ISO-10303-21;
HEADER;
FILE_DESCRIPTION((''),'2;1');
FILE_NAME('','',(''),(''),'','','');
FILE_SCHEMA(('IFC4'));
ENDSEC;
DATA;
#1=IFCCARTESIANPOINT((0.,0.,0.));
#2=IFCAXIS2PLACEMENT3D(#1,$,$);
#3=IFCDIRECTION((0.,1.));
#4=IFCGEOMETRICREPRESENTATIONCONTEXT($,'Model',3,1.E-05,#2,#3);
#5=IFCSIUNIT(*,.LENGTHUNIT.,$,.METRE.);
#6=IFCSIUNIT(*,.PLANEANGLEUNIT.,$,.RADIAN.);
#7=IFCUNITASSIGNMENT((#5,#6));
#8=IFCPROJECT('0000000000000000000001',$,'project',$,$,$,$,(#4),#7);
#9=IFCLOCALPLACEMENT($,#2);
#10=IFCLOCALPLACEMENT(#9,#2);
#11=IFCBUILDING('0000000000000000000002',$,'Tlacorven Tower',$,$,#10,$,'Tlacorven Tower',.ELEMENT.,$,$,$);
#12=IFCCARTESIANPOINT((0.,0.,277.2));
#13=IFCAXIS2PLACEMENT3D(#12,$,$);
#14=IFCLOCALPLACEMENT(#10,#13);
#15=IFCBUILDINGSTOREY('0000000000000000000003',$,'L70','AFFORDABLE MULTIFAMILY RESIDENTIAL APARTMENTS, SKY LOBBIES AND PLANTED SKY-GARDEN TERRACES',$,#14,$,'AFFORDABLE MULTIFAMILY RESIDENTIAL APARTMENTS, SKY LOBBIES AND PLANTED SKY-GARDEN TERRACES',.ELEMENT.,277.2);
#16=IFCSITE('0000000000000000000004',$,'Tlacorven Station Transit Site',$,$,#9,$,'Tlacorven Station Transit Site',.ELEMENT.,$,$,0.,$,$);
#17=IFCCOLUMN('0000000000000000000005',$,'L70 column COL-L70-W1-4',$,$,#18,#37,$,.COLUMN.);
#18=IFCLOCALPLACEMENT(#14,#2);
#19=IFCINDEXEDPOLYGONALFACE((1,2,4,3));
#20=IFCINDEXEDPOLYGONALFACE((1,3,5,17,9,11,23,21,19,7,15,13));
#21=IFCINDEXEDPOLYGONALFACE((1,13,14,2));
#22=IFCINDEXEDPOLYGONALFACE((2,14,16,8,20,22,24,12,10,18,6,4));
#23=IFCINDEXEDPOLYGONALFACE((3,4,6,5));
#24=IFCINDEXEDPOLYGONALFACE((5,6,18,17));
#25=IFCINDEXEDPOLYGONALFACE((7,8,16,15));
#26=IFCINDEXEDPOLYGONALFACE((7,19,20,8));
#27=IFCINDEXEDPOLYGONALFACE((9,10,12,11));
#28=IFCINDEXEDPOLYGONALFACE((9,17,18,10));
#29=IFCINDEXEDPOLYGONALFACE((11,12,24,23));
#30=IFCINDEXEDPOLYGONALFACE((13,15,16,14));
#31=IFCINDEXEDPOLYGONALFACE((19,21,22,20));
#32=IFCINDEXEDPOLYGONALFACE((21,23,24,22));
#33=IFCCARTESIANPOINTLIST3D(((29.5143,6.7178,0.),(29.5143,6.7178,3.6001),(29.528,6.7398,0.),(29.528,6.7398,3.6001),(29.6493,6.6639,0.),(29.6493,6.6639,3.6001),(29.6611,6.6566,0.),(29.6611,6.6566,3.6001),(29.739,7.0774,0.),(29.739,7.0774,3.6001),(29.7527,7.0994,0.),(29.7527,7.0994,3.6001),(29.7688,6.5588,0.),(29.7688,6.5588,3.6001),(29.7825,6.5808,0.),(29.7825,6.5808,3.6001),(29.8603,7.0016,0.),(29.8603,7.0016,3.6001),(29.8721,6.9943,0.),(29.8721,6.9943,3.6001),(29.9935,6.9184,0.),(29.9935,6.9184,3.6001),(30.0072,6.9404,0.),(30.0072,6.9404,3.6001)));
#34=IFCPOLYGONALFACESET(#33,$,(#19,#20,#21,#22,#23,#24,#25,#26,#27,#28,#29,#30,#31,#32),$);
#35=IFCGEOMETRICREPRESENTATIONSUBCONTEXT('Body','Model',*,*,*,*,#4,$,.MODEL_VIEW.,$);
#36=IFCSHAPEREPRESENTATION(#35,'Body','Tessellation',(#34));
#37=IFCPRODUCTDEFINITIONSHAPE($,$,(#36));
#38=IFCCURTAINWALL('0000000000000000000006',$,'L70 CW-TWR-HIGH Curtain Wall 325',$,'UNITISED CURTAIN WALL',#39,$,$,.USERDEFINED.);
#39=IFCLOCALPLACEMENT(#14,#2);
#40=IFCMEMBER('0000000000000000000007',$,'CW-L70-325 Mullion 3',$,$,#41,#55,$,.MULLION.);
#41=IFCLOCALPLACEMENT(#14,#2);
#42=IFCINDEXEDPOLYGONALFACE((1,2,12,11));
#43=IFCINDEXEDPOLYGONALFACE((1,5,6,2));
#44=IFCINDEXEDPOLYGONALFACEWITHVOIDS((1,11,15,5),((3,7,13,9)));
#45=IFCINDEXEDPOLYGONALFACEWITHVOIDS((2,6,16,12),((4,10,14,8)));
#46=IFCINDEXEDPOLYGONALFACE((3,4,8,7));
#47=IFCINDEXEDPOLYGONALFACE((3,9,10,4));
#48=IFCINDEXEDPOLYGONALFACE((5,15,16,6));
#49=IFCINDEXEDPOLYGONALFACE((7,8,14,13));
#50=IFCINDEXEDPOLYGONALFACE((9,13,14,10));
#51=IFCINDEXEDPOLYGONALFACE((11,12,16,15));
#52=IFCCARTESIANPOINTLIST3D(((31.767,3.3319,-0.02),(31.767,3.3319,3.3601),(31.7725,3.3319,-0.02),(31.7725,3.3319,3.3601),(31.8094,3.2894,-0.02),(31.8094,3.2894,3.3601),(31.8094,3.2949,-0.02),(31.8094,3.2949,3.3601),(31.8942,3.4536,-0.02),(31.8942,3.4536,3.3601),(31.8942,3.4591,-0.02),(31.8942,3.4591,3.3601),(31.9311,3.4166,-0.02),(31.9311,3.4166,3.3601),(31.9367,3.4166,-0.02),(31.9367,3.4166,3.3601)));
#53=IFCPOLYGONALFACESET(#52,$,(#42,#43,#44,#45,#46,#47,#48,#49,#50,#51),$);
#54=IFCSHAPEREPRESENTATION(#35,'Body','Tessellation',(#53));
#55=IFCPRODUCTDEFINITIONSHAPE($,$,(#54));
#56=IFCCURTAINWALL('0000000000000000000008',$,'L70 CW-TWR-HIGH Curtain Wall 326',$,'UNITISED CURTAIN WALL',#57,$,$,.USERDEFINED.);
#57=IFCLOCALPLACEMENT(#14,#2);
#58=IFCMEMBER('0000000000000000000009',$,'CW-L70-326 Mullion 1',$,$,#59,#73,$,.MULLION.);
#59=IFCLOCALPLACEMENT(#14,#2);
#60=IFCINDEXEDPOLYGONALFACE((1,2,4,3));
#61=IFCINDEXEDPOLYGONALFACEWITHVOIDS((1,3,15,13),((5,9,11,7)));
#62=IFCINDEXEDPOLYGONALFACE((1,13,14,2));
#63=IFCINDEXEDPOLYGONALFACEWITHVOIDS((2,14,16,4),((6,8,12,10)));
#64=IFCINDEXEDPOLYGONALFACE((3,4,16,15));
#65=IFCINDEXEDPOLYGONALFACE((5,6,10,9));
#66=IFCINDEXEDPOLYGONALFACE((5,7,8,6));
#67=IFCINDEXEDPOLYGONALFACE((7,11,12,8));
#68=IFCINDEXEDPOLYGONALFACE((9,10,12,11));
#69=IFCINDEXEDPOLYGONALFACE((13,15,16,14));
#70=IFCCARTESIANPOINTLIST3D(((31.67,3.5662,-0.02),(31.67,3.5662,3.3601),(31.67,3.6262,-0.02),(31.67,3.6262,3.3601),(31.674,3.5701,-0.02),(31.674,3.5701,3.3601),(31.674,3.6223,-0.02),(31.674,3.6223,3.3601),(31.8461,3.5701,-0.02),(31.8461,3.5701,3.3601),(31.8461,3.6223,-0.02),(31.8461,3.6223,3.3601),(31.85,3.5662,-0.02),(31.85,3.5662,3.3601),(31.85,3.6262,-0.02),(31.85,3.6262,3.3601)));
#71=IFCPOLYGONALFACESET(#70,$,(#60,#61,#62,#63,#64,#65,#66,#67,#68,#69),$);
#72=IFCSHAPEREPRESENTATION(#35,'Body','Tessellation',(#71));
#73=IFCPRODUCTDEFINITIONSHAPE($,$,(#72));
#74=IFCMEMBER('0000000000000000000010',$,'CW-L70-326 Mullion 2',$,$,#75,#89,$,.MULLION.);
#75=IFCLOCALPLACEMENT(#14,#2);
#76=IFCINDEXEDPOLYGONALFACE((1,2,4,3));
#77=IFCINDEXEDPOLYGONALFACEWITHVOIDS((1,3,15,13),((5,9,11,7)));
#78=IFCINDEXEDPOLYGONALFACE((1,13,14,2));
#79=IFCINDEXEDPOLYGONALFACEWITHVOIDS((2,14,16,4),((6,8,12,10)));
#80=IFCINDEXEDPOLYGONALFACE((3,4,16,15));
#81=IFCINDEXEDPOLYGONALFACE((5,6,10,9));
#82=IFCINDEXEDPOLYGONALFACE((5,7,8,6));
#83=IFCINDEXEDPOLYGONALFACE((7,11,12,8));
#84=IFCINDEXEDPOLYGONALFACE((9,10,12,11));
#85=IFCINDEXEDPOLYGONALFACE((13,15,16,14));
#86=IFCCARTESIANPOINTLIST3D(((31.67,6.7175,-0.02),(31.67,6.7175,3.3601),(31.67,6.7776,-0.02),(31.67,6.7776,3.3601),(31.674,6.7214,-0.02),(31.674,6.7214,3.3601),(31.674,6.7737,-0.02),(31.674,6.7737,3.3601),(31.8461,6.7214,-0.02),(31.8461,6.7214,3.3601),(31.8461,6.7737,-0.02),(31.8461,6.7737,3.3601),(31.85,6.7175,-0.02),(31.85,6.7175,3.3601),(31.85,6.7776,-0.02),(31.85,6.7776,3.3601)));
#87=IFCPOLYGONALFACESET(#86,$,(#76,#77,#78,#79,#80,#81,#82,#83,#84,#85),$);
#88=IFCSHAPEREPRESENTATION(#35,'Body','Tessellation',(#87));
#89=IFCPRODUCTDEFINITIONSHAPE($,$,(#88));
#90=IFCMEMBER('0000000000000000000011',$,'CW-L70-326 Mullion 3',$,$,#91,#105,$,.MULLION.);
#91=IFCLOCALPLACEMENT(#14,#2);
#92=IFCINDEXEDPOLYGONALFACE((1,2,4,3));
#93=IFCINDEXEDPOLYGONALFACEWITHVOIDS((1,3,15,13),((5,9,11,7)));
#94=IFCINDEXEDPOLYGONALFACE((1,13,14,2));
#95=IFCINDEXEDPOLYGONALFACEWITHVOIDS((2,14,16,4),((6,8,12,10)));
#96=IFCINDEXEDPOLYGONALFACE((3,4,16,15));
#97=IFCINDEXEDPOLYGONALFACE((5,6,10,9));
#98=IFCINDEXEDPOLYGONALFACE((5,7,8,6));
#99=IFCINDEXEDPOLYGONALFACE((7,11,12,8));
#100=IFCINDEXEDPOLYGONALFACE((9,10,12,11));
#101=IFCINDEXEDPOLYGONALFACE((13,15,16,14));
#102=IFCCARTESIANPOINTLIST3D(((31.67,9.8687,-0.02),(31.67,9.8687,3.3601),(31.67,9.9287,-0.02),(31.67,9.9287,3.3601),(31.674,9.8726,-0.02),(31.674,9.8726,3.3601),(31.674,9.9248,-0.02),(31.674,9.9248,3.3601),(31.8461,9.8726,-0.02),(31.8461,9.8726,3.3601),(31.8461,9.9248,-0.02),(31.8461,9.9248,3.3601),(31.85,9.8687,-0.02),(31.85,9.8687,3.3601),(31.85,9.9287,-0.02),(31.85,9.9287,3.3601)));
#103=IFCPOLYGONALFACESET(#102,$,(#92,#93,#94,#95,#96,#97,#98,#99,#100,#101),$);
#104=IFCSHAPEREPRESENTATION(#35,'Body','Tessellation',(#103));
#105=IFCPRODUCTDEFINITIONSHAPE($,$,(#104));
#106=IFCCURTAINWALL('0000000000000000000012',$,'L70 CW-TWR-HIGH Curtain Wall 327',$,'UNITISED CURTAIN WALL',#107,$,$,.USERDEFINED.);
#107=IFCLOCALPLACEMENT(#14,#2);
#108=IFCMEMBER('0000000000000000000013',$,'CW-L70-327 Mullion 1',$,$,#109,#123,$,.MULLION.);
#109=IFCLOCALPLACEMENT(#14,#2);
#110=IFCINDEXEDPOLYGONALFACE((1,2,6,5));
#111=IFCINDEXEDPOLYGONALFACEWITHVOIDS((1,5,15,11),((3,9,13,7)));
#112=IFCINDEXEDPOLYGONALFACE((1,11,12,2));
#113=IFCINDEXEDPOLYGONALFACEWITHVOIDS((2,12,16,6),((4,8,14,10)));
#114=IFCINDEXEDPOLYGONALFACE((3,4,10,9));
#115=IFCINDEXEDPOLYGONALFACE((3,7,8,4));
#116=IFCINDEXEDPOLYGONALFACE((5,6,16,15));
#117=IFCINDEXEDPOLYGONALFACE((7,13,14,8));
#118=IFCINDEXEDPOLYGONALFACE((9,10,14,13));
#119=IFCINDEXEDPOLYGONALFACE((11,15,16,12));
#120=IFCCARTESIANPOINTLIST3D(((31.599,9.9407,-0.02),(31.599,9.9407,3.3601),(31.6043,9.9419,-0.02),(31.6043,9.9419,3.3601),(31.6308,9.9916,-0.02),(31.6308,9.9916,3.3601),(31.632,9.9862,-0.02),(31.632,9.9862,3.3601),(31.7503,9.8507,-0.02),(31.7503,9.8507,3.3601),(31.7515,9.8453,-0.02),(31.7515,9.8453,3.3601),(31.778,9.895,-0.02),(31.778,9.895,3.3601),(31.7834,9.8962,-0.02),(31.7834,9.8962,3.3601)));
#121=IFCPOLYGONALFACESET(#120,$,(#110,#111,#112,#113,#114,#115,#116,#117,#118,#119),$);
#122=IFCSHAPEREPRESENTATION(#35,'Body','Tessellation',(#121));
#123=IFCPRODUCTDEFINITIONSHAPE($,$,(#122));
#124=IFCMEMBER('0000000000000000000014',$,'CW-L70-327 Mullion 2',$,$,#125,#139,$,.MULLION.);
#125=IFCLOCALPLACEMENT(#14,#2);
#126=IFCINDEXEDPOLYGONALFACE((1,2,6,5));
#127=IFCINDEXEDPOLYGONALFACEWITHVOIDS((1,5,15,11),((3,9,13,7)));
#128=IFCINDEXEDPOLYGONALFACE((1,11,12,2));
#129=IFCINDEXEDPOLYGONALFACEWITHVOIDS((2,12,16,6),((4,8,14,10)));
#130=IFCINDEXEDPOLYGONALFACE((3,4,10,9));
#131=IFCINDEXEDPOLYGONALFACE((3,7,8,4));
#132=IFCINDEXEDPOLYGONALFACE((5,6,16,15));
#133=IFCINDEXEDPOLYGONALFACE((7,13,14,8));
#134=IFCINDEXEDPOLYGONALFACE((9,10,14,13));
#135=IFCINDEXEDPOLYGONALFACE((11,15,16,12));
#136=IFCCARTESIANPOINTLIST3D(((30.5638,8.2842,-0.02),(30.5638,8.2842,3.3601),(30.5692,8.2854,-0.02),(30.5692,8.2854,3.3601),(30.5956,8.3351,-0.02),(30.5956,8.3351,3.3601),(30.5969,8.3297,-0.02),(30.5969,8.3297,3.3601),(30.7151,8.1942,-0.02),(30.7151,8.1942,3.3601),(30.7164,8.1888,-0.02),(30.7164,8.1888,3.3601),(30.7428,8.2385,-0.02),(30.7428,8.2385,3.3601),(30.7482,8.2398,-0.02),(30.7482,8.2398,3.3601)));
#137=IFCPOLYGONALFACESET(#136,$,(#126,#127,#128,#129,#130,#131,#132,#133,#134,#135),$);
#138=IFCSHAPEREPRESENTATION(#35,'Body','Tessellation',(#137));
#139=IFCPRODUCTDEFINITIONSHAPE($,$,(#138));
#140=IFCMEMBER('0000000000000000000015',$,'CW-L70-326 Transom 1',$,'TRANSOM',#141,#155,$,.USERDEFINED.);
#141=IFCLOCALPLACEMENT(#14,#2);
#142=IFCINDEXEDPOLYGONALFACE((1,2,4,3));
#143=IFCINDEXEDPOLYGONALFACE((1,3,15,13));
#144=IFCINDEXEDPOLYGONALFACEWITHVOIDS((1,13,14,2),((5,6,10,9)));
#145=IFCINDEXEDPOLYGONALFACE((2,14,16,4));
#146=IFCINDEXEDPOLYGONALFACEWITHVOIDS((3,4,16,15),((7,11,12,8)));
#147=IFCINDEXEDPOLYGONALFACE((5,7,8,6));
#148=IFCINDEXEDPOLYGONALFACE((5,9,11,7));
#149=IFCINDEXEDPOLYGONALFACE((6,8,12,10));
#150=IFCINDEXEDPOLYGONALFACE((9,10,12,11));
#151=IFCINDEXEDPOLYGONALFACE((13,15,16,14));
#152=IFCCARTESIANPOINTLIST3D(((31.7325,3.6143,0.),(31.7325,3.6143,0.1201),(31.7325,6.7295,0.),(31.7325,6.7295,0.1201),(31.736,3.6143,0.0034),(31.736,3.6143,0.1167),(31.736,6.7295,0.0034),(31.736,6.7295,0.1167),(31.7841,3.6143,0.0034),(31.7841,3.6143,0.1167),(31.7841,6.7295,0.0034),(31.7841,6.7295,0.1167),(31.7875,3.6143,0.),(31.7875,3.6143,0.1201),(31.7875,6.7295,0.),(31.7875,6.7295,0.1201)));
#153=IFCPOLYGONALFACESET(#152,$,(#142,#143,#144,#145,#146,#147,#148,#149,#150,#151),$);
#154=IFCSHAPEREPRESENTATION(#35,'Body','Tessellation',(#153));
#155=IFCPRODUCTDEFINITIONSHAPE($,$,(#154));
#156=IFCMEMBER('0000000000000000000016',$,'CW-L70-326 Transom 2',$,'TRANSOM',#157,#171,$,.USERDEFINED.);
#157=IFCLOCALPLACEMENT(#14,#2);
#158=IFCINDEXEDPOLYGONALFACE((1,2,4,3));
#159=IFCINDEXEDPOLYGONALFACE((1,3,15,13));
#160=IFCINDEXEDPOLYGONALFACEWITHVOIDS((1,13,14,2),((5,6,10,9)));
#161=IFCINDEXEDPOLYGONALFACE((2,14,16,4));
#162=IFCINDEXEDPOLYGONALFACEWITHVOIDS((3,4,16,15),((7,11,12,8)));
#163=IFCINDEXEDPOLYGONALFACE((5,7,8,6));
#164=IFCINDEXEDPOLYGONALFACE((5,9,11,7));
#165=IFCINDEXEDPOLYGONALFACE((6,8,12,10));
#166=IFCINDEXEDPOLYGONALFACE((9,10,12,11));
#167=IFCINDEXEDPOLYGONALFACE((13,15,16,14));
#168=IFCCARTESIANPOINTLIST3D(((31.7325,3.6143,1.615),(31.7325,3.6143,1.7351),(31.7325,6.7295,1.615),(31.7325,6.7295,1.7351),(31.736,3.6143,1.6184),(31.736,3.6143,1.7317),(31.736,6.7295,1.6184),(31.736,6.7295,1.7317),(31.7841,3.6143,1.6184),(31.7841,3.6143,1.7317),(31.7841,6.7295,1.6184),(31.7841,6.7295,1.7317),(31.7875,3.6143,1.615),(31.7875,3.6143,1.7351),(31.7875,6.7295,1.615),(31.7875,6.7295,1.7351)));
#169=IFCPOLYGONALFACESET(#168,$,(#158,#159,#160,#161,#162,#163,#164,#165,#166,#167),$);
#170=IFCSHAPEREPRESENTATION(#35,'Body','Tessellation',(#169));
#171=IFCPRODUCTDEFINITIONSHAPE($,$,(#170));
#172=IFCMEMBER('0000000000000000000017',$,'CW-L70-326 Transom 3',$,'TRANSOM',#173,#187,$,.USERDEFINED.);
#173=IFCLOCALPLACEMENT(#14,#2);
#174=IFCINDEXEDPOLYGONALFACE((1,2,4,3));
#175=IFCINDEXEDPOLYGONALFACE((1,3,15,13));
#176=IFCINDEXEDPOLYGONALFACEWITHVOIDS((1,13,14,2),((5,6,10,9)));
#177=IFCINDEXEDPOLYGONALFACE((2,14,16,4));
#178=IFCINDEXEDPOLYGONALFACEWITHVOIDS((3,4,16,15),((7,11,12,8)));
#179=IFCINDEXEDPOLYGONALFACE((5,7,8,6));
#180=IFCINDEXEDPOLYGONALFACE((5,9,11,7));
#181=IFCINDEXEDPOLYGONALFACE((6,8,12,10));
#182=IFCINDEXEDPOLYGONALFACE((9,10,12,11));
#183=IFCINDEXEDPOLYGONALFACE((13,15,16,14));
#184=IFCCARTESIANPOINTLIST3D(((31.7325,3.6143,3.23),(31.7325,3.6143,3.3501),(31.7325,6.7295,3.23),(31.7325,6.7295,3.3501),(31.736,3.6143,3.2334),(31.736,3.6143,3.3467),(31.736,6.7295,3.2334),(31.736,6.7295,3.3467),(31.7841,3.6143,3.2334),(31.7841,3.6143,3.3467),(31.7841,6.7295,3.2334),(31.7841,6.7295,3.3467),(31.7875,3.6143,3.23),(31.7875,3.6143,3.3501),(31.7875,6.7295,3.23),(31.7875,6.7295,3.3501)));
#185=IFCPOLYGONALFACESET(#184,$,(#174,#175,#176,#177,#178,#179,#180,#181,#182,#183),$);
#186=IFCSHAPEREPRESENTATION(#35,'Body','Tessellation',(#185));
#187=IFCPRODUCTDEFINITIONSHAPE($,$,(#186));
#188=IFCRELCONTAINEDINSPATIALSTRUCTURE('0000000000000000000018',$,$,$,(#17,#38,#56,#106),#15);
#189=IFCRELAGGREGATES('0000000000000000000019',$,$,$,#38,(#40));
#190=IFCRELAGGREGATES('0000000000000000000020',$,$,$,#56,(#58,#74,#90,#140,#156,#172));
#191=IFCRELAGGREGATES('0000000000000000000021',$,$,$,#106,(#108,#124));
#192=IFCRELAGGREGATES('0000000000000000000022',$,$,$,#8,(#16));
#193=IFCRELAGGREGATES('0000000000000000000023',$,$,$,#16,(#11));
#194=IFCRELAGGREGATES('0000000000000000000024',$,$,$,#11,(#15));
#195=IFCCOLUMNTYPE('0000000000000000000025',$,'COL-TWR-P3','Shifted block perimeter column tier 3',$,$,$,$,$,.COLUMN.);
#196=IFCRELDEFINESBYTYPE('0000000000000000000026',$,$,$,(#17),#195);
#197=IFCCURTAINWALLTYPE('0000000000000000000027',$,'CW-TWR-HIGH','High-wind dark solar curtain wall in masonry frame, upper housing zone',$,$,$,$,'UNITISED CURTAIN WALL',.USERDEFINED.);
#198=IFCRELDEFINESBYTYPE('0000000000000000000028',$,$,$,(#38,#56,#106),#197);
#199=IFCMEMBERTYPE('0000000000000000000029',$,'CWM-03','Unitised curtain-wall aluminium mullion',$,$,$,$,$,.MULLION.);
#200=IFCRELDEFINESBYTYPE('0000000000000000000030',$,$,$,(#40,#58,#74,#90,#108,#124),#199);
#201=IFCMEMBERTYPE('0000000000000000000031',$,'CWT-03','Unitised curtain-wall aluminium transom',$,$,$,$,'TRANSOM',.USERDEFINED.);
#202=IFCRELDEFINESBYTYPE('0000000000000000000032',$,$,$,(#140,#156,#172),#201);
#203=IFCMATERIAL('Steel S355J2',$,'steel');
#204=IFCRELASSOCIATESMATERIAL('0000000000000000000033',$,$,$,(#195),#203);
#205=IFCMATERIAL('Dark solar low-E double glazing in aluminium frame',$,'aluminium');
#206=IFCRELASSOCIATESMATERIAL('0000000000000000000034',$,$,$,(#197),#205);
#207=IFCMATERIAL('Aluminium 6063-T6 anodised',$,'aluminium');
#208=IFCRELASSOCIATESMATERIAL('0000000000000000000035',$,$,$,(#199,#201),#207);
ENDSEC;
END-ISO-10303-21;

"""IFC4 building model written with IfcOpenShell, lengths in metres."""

from ifc_helpers import new_model, si_unit, direction, frame, origin, origin_2d, place, context, subcontext, project, spatial, hollow_rectangle, i_section, extrude, source, transform, mapped, material, material_profile, profile_set, type_object, element, aggregate, save


model = new_model("IFC4")

# Units and contexts
model_context = context("Model", 3, precision=1e-05, world=origin(), true_north=direction((0.0, 1.0)))
body_context = subcontext(model_context, "Body", "Model", "MODEL_VIEW")
ifc_project = project(units=[si_unit("LENGTHUNIT", "METRE"), si_unit("PLANEANGLEUNIT", "RADIAN")], contexts=[model_context])

# Site, building, storey
site_placement = place(None, origin())
site = spatial("IfcSite", under=ifc_project, at=site_placement, Name="Tlacorven Station Transit Site", LongName="Tlacorven Station Transit Site", CompositionType="ELEMENT", RefElevation=0.0)
building_placement = place(site_placement, origin())
building = spatial("IfcBuilding", under=site, at=building_placement, Name="Tlacorven Tower", LongName="Tlacorven Tower", CompositionType="ELEMENT")
storey_placement = place(building_placement, frame((0.0, 0.0, 277.2)))
storey = spatial("IfcBuildingStorey", under=building, at=storey_placement, Name="L70", Description="AFFORDABLE MULTIFAMILY RESIDENTIAL APARTMENTS, SKY LOBBIES AND PLANTED SKY-GARDEN TERRACES", LongName="AFFORDABLE MULTIFAMILY RESIDENTIAL APARTMENTS, SKY LOBBIES AND PLANTED SKY-GARDEN TERRACES", CompositionType="ELEMENT", Elevation=277.2)

# Column
ifc_material_1 = material(Name="Steel S355J2", Category="steel")
ifc_material_profile_1 = material_profile(ifc_material_1, i_section(OverallWidth=0.3, OverallDepth=0.45, WebThickness=0.0139, FlangeThickness=0.0259, at=origin_2d()), Name="HEB 450")
ifc_profile_set_1 = profile_set([ifc_material_profile_1], Name="Steel S355J2")
column_type = type_object("IfcColumnType", Name="COL-TWR-P3", Description="Shifted block perimeter column tier 3", PredefinedType="COLUMN", material=ifc_profile_set_1)
shared_shape_1 = source(origin(), body_context, "Body", "SweptSolid", [
    extrude(i_section(OverallWidth=0.3, OverallDepth=0.45, WebThickness=0.0139, FlangeThickness=0.0259, at=origin_2d()), origin(), (0.0, 0.0, 1.0), 3.6001),
])
column_placement = place(storey_placement, frame((29.7607, 6.8291, 0.0), z_axis=(0.0, 0.0, 1.0), x_axis=(-0.848048, 0.529919, 0.0)))
element("IfcColumn", 1, at=column_placement, inside=storey, type_object=column_type, Name="L70 column COL-L70-W1-4", PredefinedType="COLUMN", context=body_context, shape_type="MappedRepresentation", body=[
    mapped(shared_shape_1, transform((0.0, 0.0, 0.0), scale=1.0)),
])

# Curtain wall, member
ifc_material_2 = material(Name="Dark solar low-E double glazing in aluminium frame", Category="aluminium")
curtain_wall_type = type_object("IfcCurtainWallType", Name="CW-TWR-HIGH", Description="High-wind dark solar curtain wall in masonry frame, upper housing zone", ElementType="UNITISED CURTAIN WALL", PredefinedType="USERDEFINED", material=ifc_material_2)
curtain_wall_1_placement = place(storey_placement, origin())
curtain_wall_1 = element("IfcCurtainWall", 2, at=curtain_wall_1_placement, inside=storey, type_object=curtain_wall_type, Name="L70 CW-TWR-HIGH Curtain Wall 325", ObjectType="UNITISED CURTAIN WALL", PredefinedType="USERDEFINED")
ifc_material_3 = material(Name="Aluminium 6063-T6 anodised", Category="aluminium")
ifc_material_profile_2 = material_profile(ifc_material_3, hollow_rectangle(XDim=0.0601, YDim=0.1799, WallThickness=0.0039, at=origin_2d()), Name="ALU MULLION 60X180")
ifc_profile_set_2 = profile_set([ifc_material_profile_2], Name="Aluminium 6063-T6 anodised")
member_type_1 = type_object("IfcMemberType", Name="CWM-03", Description="Unitised curtain-wall aluminium mullion", PredefinedType="MULLION", material=ifc_profile_set_2)
shared_shape_2 = source(origin(), body_context, "Body", "SweptSolid", [
    extrude(hollow_rectangle(XDim=0.0601, YDim=0.1799, WallThickness=0.0039, at=origin_2d()), origin(), (0.0, 0.0, 1.0), 3.3801),
])
member_1_placement = place(storey_placement, frame((31.8518, 3.3743, -0.02), z_axis=(0.0, 0.0, 1.0), x_axis=(-0.707107, 0.707107, 0.0)))
member_1 = element("IfcMember", 3, at=member_1_placement, type_object=member_type_1, Name="CW-L70-325 Mullion 3", PredefinedType="MULLION", context=body_context, shape_type="MappedRepresentation", body=[
    mapped(shared_shape_2, transform((0.0, 0.0, 0.0), scale=1.0)),
])

# Curtain walls, members
curtain_wall_2_placement = place(storey_placement, origin())
curtain_wall_2 = element("IfcCurtainWall", 4, at=curtain_wall_2_placement, inside=storey, type_object=curtain_wall_type, Name="L70 CW-TWR-HIGH Curtain Wall 326", ObjectType="UNITISED CURTAIN WALL", PredefinedType="USERDEFINED")
member_2_placement = place(storey_placement, frame((31.76, 3.5962, -0.02), z_axis=(0.0, 0.0, 1.0), x_axis=(0.0, 1.0, 0.0)))
member_2 = element("IfcMember", 5, at=member_2_placement, type_object=member_type_1, Name="CW-L70-326 Mullion 1", PredefinedType="MULLION", context=body_context, shape_type="MappedRepresentation", body=[
    mapped(shared_shape_2, transform((0.0, 0.0, 0.0), scale=1.0)),
])
member_3_placement = place(storey_placement, frame((31.76, 6.7476, -0.02), z_axis=(0.0, 0.0, 1.0), x_axis=(0.0, 1.0, 0.0)))
member_3 = element("IfcMember", 6, at=member_3_placement, type_object=member_type_1, Name="CW-L70-326 Mullion 2", PredefinedType="MULLION", context=body_context, shape_type="MappedRepresentation", body=[
    mapped(shared_shape_2, transform((0.0, 0.0, 0.0), scale=1.0)),
])
member_4_placement = place(storey_placement, frame((31.76, 9.8987, -0.02), z_axis=(0.0, 0.0, 1.0), x_axis=(0.0, 1.0, 0.0)))
member_4 = element("IfcMember", 7, at=member_4_placement, type_object=member_type_1, Name="CW-L70-326 Mullion 3", PredefinedType="MULLION", context=body_context, shape_type="MappedRepresentation", body=[
    mapped(shared_shape_2, transform((0.0, 0.0, 0.0), scale=1.0)),
])
curtain_wall_3_placement = place(storey_placement, origin())
curtain_wall_3 = element("IfcCurtainWall", 8, at=curtain_wall_3_placement, inside=storey, type_object=curtain_wall_type, Name="L70 CW-TWR-HIGH Curtain Wall 327", ObjectType="UNITISED CURTAIN WALL", PredefinedType="USERDEFINED")
member_5_placement = place(storey_placement, frame((31.6912, 9.9185, -0.02), z_axis=(0.0, 0.0, 1.0), x_axis=(-0.529919, -0.848048, 0.0)))
member_5 = element("IfcMember", 9, at=member_5_placement, type_object=member_type_1, Name="CW-L70-327 Mullion 1", PredefinedType="MULLION", context=body_context, shape_type="MappedRepresentation", body=[
    mapped(shared_shape_2, transform((0.0, 0.0, 0.0), scale=1.0)),
])
member_6_placement = place(storey_placement, frame((30.656, 8.262, -0.02), z_axis=(0.0, 0.0, 1.0), x_axis=(-0.529919, -0.848048, 0.0)))
member_6 = element("IfcMember", 10, at=member_6_placement, type_object=member_type_1, Name="CW-L70-327 Mullion 2", PredefinedType="MULLION", context=body_context, shape_type="MappedRepresentation", body=[
    mapped(shared_shape_2, transform((0.0, 0.0, 0.0), scale=1.0)),
])

# Members
ifc_material_profile_3 = material_profile(ifc_material_3, hollow_rectangle(XDim=0.0549, YDim=0.1201, WallThickness=0.0034, at=origin_2d()), Name="ALU TRANSOM 55X120")
ifc_profile_set_3 = profile_set([ifc_material_profile_3], Name="Aluminium 6063-T6 anodised")
member_type_2 = type_object("IfcMemberType", Name="CWT-03", Description="Unitised curtain-wall aluminium transom", ElementType="TRANSOM", PredefinedType="USERDEFINED", material=ifc_profile_set_3)
shared_shape_3 = source(origin(), body_context, "Body", "SweptSolid", [
    extrude(hollow_rectangle(XDim=0.0549, YDim=0.1201, WallThickness=0.0034, at=origin_2d()), origin(), (0.0, 0.0, 1.0), 3.1152),
])
member_7_placement = place(storey_placement, frame((31.76, 3.6143, 0.0601), z_axis=(0.0, 1.0, 0.0), x_axis=(-1.0, 0.0, 0.0)))
member_7 = element("IfcMember", 11, at=member_7_placement, type_object=member_type_2, Name="CW-L70-326 Transom 1", ObjectType="TRANSOM", PredefinedType="USERDEFINED", context=body_context, shape_type="MappedRepresentation", body=[
    mapped(shared_shape_3, transform((0.0, 0.0, 0.0), scale=1.0)),
])
member_8_placement = place(storey_placement, frame((31.76, 3.6143, 1.675), z_axis=(0.0, 1.0, 0.0), x_axis=(-1.0, 0.0, 0.0)))
member_8 = element("IfcMember", 12, at=member_8_placement, type_object=member_type_2, Name="CW-L70-326 Transom 2", ObjectType="TRANSOM", PredefinedType="USERDEFINED", context=body_context, shape_type="MappedRepresentation", body=[
    mapped(shared_shape_3, transform((0.0, 0.0, 0.0), scale=1.0)),
])
member_9_placement = place(storey_placement, frame((31.76, 3.6143, 3.29), z_axis=(0.0, 1.0, 0.0), x_axis=(-1.0, 0.0, 0.0)))
member_9 = element("IfcMember", 13, at=member_9_placement, type_object=member_type_2, Name="CW-L70-326 Transom 3", ObjectType="TRANSOM", PredefinedType="USERDEFINED", context=body_context, shape_type="MappedRepresentation", body=[
    mapped(shared_shape_3, transform((0.0, 0.0, 0.0), scale=1.0)),
])

aggregate(curtain_wall_1, [member_1])
aggregate(curtain_wall_2, [member_2, member_3, member_4, member_7, member_8, member_9])
aggregate(curtain_wall_3, [member_5, member_6])

save(model, "model.ifc")
